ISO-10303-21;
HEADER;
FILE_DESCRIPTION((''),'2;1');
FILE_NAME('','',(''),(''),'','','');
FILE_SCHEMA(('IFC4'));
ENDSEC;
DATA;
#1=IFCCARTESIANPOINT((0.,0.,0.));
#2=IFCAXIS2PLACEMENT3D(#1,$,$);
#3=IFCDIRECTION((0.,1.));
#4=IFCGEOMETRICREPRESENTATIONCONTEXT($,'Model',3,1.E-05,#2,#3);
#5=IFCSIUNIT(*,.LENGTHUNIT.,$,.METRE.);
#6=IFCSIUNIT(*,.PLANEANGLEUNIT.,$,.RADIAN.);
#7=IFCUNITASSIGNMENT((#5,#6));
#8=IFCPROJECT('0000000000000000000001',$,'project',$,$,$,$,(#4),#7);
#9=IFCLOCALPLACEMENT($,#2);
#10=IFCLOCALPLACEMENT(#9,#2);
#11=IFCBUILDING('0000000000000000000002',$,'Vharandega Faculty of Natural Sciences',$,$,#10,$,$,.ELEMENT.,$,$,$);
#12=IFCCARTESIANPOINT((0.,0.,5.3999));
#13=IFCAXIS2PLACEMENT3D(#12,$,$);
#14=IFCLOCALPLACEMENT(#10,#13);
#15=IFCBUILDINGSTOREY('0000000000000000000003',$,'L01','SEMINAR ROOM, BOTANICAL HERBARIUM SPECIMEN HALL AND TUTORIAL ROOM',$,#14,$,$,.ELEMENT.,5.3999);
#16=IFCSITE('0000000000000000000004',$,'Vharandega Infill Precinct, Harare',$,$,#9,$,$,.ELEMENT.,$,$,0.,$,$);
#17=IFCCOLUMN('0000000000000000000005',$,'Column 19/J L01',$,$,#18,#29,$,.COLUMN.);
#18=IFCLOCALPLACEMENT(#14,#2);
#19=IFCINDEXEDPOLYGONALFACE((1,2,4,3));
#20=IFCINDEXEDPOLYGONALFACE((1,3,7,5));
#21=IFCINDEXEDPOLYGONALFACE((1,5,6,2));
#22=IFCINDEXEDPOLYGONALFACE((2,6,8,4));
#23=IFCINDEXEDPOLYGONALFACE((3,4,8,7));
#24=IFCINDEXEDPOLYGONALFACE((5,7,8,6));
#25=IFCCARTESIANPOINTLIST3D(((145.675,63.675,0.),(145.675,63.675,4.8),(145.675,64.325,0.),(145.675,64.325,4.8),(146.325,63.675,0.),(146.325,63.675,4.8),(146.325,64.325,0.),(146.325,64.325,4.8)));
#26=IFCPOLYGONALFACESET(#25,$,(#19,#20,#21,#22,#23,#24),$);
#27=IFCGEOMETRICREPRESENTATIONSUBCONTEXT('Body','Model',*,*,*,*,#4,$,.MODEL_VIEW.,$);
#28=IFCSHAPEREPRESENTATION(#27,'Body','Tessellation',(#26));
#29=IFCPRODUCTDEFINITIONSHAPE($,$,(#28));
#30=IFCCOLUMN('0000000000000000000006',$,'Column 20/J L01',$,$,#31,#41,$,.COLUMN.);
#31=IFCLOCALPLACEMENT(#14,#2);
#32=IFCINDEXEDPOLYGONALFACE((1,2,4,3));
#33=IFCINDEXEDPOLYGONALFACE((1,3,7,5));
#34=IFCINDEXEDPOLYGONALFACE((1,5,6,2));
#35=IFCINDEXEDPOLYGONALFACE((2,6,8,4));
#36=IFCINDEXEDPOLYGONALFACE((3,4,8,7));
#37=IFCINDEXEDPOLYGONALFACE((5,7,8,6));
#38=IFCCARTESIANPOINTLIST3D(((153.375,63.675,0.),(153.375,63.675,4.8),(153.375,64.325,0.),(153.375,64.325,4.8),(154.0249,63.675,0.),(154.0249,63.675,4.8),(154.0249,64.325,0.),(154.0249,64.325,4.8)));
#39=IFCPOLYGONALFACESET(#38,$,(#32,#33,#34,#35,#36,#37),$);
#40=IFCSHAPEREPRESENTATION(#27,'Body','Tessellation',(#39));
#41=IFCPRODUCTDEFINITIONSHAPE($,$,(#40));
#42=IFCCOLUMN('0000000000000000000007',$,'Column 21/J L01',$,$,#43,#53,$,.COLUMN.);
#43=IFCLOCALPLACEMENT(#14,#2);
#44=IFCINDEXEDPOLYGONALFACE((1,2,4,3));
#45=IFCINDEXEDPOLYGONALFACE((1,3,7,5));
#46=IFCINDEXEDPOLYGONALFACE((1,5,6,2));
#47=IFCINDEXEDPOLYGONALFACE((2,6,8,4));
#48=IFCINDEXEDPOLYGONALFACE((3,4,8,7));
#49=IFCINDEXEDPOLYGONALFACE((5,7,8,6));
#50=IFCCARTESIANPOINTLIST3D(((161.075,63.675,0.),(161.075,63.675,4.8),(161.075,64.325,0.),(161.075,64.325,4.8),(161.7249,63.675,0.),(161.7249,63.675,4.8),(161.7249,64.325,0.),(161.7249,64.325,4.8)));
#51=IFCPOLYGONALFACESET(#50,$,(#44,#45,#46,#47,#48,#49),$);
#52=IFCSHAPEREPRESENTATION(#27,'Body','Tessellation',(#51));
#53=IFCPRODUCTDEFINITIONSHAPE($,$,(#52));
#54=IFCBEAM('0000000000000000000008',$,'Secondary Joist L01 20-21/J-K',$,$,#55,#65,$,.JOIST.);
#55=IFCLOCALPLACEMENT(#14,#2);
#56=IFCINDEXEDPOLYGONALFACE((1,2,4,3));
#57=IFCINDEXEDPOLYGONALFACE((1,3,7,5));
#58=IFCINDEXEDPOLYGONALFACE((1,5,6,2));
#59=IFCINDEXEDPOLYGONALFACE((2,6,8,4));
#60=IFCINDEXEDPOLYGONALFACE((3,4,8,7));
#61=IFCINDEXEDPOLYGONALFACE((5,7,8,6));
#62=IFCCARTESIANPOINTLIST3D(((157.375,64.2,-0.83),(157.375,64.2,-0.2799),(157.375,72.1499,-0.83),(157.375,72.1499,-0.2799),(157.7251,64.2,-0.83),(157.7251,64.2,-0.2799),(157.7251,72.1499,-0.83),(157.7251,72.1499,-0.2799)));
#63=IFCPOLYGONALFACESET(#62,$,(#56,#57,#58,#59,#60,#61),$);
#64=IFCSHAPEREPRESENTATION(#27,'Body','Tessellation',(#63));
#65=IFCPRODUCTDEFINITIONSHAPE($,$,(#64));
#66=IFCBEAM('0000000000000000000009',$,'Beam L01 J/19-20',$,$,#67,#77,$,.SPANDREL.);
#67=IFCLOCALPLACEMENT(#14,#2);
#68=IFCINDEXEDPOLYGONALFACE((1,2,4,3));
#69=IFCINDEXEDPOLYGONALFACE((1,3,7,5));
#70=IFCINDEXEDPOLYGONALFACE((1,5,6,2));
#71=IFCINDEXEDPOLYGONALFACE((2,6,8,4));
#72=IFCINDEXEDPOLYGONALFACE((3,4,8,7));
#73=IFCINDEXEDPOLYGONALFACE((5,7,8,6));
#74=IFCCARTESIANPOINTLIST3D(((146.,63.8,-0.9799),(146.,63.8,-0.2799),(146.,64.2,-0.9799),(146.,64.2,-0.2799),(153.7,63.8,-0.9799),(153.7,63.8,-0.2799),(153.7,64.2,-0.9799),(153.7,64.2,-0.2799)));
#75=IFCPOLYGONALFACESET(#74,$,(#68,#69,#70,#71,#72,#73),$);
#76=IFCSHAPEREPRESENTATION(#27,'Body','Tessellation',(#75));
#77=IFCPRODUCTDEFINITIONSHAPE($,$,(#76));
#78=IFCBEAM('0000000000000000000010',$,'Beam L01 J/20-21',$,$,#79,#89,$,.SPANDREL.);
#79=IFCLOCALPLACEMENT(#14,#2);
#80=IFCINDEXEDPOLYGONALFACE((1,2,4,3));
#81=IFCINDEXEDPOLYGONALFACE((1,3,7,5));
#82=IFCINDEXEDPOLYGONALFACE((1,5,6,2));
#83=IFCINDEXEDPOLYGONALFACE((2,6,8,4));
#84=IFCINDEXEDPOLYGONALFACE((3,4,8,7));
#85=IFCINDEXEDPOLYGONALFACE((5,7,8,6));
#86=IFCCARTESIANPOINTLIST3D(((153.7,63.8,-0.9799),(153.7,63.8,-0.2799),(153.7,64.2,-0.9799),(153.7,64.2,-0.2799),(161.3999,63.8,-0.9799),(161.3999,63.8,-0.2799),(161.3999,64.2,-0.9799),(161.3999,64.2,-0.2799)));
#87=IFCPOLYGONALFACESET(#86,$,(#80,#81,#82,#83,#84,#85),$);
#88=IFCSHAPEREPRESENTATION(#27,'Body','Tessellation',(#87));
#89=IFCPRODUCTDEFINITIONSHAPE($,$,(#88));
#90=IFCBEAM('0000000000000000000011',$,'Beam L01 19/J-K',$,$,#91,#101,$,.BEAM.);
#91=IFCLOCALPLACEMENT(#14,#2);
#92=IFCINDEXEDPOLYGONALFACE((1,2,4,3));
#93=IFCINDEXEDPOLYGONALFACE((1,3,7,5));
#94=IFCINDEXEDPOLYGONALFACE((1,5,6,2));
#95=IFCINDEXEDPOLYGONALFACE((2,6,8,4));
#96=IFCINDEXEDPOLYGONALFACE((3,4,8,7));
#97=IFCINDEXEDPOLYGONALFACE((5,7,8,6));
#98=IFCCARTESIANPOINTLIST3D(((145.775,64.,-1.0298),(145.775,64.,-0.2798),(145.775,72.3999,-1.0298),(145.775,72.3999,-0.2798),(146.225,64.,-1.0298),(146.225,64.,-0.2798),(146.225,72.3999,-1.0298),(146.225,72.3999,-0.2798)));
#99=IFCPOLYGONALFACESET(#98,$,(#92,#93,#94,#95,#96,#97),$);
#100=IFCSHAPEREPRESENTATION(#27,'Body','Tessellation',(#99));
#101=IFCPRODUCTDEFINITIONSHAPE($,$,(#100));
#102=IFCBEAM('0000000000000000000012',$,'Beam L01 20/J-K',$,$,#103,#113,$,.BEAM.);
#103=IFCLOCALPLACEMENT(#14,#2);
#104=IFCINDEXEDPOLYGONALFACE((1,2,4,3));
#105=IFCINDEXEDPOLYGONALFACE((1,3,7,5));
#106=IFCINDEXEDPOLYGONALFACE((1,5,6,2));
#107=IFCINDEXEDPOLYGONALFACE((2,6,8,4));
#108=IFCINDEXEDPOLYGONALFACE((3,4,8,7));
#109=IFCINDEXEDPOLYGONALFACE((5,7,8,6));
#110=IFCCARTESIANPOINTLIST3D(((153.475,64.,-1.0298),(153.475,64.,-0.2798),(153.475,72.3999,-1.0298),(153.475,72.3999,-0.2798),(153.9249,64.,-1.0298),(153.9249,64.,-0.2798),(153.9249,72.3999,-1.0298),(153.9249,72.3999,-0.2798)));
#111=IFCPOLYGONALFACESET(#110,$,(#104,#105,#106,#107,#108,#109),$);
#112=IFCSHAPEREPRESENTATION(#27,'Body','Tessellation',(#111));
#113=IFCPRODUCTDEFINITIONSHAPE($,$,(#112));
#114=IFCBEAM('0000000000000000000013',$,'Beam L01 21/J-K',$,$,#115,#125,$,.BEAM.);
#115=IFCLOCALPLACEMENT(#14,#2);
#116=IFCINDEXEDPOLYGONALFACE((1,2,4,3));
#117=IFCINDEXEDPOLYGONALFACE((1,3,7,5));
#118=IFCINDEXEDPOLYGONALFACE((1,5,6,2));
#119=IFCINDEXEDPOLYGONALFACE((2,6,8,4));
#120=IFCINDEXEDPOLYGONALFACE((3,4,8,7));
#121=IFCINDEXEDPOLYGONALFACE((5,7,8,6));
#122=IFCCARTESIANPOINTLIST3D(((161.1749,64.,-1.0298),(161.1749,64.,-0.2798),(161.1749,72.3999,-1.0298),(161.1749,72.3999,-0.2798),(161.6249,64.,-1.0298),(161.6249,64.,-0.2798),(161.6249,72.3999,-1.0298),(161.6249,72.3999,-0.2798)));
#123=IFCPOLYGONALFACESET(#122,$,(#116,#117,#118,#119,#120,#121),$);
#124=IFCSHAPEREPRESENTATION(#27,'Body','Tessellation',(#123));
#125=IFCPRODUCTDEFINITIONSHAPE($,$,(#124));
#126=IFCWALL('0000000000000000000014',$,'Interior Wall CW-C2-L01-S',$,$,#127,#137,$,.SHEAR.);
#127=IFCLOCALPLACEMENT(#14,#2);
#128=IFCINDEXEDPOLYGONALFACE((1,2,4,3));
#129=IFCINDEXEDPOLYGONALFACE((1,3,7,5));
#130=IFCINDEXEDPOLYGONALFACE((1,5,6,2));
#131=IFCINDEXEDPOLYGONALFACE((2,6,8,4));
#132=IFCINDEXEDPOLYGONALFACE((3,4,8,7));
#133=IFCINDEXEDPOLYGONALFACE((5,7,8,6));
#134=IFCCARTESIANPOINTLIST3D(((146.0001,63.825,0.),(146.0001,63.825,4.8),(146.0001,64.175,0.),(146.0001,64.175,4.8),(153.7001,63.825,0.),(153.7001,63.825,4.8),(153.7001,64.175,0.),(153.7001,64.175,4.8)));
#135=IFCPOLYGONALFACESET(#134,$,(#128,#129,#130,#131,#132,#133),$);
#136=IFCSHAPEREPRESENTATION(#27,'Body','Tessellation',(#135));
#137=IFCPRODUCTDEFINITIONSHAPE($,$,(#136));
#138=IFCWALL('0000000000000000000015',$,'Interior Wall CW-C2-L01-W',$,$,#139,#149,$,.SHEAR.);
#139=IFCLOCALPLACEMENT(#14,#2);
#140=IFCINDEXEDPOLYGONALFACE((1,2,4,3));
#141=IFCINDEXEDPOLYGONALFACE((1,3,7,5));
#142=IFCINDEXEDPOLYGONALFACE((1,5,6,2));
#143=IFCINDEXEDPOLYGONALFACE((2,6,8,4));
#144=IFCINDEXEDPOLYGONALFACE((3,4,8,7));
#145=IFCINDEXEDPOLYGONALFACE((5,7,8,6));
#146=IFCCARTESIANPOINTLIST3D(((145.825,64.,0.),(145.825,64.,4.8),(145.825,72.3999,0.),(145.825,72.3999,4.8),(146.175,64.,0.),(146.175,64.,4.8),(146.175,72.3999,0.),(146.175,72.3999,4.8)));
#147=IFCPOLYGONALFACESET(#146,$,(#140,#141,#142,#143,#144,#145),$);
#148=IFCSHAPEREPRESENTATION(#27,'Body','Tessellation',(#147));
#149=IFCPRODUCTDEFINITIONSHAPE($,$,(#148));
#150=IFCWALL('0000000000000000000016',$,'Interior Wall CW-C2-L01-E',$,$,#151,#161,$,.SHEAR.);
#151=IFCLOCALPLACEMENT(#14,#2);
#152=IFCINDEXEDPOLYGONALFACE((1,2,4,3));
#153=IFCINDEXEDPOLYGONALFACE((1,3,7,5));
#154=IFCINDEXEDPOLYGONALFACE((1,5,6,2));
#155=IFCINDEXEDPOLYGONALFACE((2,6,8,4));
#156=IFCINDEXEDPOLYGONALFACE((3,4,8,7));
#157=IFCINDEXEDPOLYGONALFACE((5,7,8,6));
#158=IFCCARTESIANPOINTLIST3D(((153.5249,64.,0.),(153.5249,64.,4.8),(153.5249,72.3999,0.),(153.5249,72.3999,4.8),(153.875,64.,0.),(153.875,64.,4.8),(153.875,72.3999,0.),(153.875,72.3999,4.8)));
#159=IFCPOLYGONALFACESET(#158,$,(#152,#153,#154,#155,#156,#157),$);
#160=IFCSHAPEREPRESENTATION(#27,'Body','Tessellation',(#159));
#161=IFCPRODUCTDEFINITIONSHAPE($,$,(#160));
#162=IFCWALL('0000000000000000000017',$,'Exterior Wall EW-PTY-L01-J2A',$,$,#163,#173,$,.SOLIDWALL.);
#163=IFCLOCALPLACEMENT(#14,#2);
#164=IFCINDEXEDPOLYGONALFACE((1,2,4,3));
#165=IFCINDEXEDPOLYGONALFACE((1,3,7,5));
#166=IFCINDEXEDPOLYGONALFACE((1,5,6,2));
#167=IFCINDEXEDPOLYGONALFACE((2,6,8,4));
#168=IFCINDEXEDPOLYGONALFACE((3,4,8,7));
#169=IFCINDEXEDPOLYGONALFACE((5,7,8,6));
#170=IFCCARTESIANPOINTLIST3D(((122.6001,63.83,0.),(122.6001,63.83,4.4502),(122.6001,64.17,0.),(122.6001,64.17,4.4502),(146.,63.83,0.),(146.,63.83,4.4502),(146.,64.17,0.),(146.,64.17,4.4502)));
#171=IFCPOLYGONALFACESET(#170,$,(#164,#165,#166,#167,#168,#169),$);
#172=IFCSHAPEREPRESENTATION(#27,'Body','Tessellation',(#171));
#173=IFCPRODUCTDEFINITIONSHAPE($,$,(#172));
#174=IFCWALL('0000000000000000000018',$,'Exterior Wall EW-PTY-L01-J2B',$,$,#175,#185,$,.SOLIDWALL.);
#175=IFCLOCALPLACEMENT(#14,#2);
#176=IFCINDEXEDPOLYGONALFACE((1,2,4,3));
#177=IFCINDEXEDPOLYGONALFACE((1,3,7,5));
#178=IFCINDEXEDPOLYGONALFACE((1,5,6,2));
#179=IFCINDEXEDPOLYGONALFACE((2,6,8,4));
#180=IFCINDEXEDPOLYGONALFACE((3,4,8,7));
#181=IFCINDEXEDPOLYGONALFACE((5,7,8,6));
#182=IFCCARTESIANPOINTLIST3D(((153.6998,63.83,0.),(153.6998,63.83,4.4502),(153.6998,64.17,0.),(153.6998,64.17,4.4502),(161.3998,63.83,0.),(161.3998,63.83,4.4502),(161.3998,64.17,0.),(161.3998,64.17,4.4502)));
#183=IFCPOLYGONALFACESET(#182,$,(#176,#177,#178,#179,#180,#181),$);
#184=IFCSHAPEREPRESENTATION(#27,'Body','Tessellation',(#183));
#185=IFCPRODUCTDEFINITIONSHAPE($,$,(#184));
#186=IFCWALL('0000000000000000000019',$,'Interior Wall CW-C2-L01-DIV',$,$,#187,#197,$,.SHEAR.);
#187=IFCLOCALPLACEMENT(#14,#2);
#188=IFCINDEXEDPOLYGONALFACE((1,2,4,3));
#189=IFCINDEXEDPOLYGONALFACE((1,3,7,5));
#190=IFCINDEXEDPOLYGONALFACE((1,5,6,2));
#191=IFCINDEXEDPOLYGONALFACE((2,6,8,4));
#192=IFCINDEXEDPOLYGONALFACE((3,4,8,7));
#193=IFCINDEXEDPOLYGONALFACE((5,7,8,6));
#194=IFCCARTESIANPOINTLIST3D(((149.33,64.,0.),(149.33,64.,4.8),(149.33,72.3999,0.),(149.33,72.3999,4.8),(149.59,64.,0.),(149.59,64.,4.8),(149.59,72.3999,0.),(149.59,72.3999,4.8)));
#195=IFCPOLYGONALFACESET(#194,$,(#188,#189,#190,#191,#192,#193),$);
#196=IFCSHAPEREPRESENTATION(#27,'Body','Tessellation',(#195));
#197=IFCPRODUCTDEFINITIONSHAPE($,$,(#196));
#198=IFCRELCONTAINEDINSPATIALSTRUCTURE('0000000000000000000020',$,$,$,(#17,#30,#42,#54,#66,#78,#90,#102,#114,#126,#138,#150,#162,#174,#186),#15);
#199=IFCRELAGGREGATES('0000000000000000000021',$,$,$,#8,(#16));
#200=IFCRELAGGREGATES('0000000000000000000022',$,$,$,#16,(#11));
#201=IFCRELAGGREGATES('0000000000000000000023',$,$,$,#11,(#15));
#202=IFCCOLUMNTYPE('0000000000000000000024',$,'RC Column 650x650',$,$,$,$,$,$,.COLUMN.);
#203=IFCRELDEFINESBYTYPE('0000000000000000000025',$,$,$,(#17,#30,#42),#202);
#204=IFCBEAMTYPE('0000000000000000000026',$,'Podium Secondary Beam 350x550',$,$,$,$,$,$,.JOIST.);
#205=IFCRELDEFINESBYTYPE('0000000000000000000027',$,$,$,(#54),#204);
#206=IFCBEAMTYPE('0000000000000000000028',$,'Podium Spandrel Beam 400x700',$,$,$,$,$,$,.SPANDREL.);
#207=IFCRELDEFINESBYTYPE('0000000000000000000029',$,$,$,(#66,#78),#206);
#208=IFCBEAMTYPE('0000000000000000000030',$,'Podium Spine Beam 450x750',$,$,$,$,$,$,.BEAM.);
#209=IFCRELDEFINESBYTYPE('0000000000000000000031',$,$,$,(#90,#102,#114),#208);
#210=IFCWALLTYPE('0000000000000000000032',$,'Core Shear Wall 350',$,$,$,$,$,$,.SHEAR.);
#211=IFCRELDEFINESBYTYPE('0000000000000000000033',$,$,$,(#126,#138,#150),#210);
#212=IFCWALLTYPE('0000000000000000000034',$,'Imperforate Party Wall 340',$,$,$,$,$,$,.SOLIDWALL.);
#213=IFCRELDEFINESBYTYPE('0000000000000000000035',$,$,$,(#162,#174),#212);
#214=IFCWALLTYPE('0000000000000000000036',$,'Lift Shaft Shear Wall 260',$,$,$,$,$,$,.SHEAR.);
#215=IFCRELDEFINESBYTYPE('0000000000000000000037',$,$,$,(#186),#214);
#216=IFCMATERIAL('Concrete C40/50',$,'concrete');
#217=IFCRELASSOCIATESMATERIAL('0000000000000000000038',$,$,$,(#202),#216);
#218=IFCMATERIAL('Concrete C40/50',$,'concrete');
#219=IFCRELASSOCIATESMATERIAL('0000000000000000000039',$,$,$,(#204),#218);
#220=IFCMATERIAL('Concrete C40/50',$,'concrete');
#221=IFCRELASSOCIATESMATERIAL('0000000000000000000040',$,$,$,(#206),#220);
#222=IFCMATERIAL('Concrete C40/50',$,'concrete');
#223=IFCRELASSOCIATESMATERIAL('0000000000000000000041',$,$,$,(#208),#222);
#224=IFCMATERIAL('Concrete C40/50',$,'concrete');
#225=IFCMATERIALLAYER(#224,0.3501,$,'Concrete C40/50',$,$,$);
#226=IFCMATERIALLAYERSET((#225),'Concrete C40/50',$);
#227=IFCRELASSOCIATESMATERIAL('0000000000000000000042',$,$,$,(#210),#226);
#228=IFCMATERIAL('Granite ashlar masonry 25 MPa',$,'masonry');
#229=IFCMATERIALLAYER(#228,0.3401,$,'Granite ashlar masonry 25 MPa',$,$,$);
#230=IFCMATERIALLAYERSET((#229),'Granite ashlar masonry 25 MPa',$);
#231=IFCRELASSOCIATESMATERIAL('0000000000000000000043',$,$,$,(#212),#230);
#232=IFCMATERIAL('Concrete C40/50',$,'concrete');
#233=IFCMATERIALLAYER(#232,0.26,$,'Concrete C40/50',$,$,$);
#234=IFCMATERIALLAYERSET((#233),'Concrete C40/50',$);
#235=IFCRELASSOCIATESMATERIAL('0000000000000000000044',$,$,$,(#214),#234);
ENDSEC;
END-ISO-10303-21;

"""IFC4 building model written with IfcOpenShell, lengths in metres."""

from ifc_helpers import new_model, si_unit, direction, frame, frame_2d, origin, origin_2d, place, context, subcontext, project, spatial, rectangle, extrude, material, layer, layer_set, material_profile, profile_set, type_object, element, save


model = new_model("IFC4")

# Units and contexts
model_context = context("Model", 3, precision=1e-05, world=origin(), true_north=direction((0.0, 1.0)))
body_context = subcontext(model_context, "Body", "Model", "MODEL_VIEW")
ifc_project = project(units=[si_unit("LENGTHUNIT", "METRE"), si_unit("PLANEANGLEUNIT", "RADIAN")], contexts=[model_context])

# Site, building, storey
site_placement = place(None, origin())
site = spatial("IfcSite", under=ifc_project, at=site_placement, Name="Vharandega Infill Precinct, Harare", CompositionType="ELEMENT", RefElevation=0.0)
building_placement = place(site_placement, origin())
building = spatial("IfcBuilding", under=site, at=building_placement, Name="Vharandega Faculty of Natural Sciences", CompositionType="ELEMENT")
storey_placement = place(building_placement, frame((0.0, 0.0, 5.3999)))
storey = spatial("IfcBuildingStorey", under=building, at=storey_placement, Name="L01", Description="SEMINAR ROOM, BOTANICAL HERBARIUM SPECIMEN HALL AND TUTORIAL ROOM", CompositionType="ELEMENT", Elevation=5.3999)

# Columns
ifc_material_1 = material(Name="Concrete C40/50", Category="concrete")
ifc_material_profile_1 = material_profile(ifc_material_1, rectangle(XDim=0.6499, YDim=0.6499, at=origin_2d()), Name="RC 650x650")
ifc_profile_set_1 = profile_set([ifc_material_profile_1], Name="Concrete C40/50")
column_type = type_object("IfcColumnType", Name="RC Column 650x650", PredefinedType="COLUMN", material=ifc_profile_set_1)
for number, where, z_axis, x_axis, name in (
    (1, (146.0, 64.0, 0.0), (0.0, 0.0, 1.0), (1.0, 0.0, 0.0), "Column 19/J L01"),
    (2, (153.7, 64.0, 0.0), (0.0, 0.0, 1.0), (1.0, 0.0, 0.0), "Column 20/J L01"),
    (3, (161.3999, 64.0, 0.0), (0.0, 0.0, 1.0), (1.0, 0.0, 0.0), "Column 21/J L01"),
):
    element("IfcColumn", number, at=place(storey_placement, frame(where, z_axis=z_axis, x_axis=x_axis)), inside=storey, type_object=column_type, Name=name, PredefinedType="COLUMN", context=body_context, shape_type="SweptSolid", body=[
        extrude(rectangle(XDim=0.6499, YDim=0.6499, at=origin_2d()), origin(), (0.0, 0.0, 1.0), 4.8),
    ])

# Beams
ifc_material_2 = material(Name="Concrete C40/50", Category="concrete")
ifc_material_profile_2 = material_profile(ifc_material_2, rectangle(XDim=0.3501, YDim=0.55, at=origin_2d()), Name="RC 350x550")
ifc_profile_set_2 = profile_set([ifc_material_profile_2], Name="Concrete C40/50")
beam_type_1 = type_object("IfcBeamType", Name="Podium Secondary Beam 350x550", PredefinedType="JOIST", material=ifc_profile_set_2)
beam_placement = place(storey_placement, frame((157.55, 64.2, -0.5549), z_axis=(0.0, 1.0, 0.0), x_axis=(-1.0, 0.0, 0.0)))
element("IfcBeam", 4, at=beam_placement, inside=storey, type_object=beam_type_1, Name="Secondary Joist L01 20-21/J-K", PredefinedType="JOIST", context=body_context, shape_type="SweptSolid", body=[
    extrude(rectangle(XDim=0.3501, YDim=0.55, at=origin_2d()), origin(), (0.0, 0.0, 1.0), 7.95),
])
ifc_material_3 = material(Name="Concrete C40/50", Category="concrete")
ifc_material_profile_3 = material_profile(ifc_material_3, rectangle(XDim=0.3999, YDim=0.7, at=origin_2d()), Name="RC 400x700")
ifc_profile_set_3 = profile_set([ifc_material_profile_3], Name="Concrete C40/50")
beam_type_2 = type_object("IfcBeamType", Name="Podium Spandrel Beam 400x700", PredefinedType="SPANDREL", material=ifc_profile_set_3)
for number, where, z_axis, x_axis, name in (
    (5, (146.0, 64.0, -0.6299), (1.0, 0.0, 0.0), (0.0, 1.0, 0.0), "Beam L01 J/19-20"),
    (6, (153.7, 64.0, -0.6299), (1.0, 0.0, 0.0), (0.0, 1.0, 0.0), "Beam L01 J/20-21"),
):
    element("IfcBeam", number, at=place(storey_placement, frame(where, z_axis=z_axis, x_axis=x_axis)), inside=storey, type_object=beam_type_2, Name=name, PredefinedType="SPANDREL", context=body_context, shape_type="SweptSolid", body=[
        extrude(rectangle(XDim=0.3999, YDim=0.7, at=origin_2d()), origin(), (0.0, 0.0, 1.0), 7.7),
    ])
ifc_material_4 = material(Name="Concrete C40/50", Category="concrete")
ifc_material_profile_4 = material_profile(ifc_material_4, rectangle(XDim=0.45, YDim=0.75, at=origin_2d()), Name="RC 450x750")
ifc_profile_set_4 = profile_set([ifc_material_profile_4], Name="Concrete C40/50")
beam_type_3 = type_object("IfcBeamType", Name="Podium Spine Beam 450x750", PredefinedType="BEAM", material=ifc_profile_set_4)
for number, where, z_axis, x_axis, name in (
    (7, (146.0, 64.0, -0.6548), (0.0, 1.0, 0.0), (-1.0, 0.0, 0.0), "Beam L01 19/J-K"),
    (8, (153.7, 64.0, -0.6548), (0.0, 1.0, 0.0), (-1.0, 0.0, 0.0), "Beam L01 20/J-K"),
    (9, (161.3999, 64.0, -0.6548), (0.0, 1.0, 0.0), (-1.0, 0.0, 0.0), "Beam L01 21/J-K"),
):
    element("IfcBeam", number, at=place(storey_placement, frame(where, z_axis=z_axis, x_axis=x_axis)), inside=storey, type_object=beam_type_3, Name=name, PredefinedType="BEAM", context=body_context, shape_type="SweptSolid", body=[
        extrude(rectangle(XDim=0.45, YDim=0.75, at=origin_2d()), origin(), (0.0, 0.0, 1.0), 8.3999),
    ])

# Walls
ifc_material_5 = material(Name="Concrete C40/50", Category="concrete")
ifc_layer_1 = layer(ifc_material_5, 0.3501, Name="Concrete C40/50")
ifc_layer_set_1 = layer_set([ifc_layer_1], Name="Concrete C40/50")
wall_type_1 = type_object("IfcWallType", Name="Core Shear Wall 350", PredefinedType="SHEAR", material=ifc_layer_set_1)
wall_1_placement = place(storey_placement, frame((146.0, 64.0, 0.0), z_axis=(0.0, 0.0, 1.0), x_axis=(1.0, 0.0, 0.0)))
element("IfcWall", 10, at=wall_1_placement, inside=storey, type_object=wall_type_1, Name="Interior Wall CW-C2-L01-S", PredefinedType="SHEAR", context=body_context, shape_type="SweptSolid", body=[
    extrude(rectangle(XDim=7.7, YDim=0.3501, at=frame_2d((3.8501, 0.0))), origin(), (0.0, 0.0, 1.0), 4.8),
])
for number, where, z_axis, x_axis, name in (
    (11, (146.0, 64.0, 0.0), (0.0, 0.0, 1.0), (0.0, 1.0, 0.0), "Interior Wall CW-C2-L01-W"),
    (12, (153.7, 64.0, 0.0), (0.0, 0.0, 1.0), (0.0, 1.0, 0.0), "Interior Wall CW-C2-L01-E"),
):
    element("IfcWall", number, at=place(storey_placement, frame(where, z_axis=z_axis, x_axis=x_axis)), inside=storey, type_object=wall_type_1, Name=name, PredefinedType="SHEAR", context=body_context, shape_type="SweptSolid", body=[
        extrude(rectangle(XDim=8.3999, YDim=0.3501, at=frame_2d((4.2, 0.0))), origin(), (0.0, 0.0, 1.0), 4.8),
    ])
ifc_material_6 = material(Name="Granite ashlar masonry 25 MPa", Category="masonry")
ifc_layer_2 = layer(ifc_material_6, 0.3401, Name="Granite ashlar masonry 25 MPa")
ifc_layer_set_2 = layer_set([ifc_layer_2], Name="Granite ashlar masonry 25 MPa")
wall_type_2 = type_object("IfcWallType", Name="Imperforate Party Wall 340", PredefinedType="SOLIDWALL", material=ifc_layer_set_2)
wall_2_placement = place(storey_placement, frame((146.0, 64.0, 0.0), z_axis=(0.0, 0.0, 1.0), x_axis=(-1.0, 0.0, 0.0)))
element("IfcWall", 13, at=wall_2_placement, inside=storey, type_object=wall_type_2, Name="Exterior Wall EW-PTY-L01-J2A", PredefinedType="SOLIDWALL", context=body_context, shape_type="SweptSolid", body=[
    extrude(rectangle(XDim=23.3999, YDim=0.3401, at=frame_2d((11.7, 0.0))), origin(), (0.0, 0.0, 1.0), 4.4502),
])
wall_3_placement = place(storey_placement, frame((161.3999, 64.0, 0.0), z_axis=(0.0, 0.0, 1.0), x_axis=(-1.0, 0.0, 0.0)))
element("IfcWall", 14, at=wall_3_placement, inside=storey, type_object=wall_type_2, Name="Exterior Wall EW-PTY-L01-J2B", PredefinedType="SOLIDWALL", context=body_context, shape_type="SweptSolid", body=[
    extrude(rectangle(XDim=7.7, YDim=0.3401, at=frame_2d((3.8501, 0.0))), origin(), (0.0, 0.0, 1.0), 4.4502),
])
ifc_material_7 = material(Name="Concrete C40/50", Category="concrete")
ifc_layer_3 = layer(ifc_material_7, 0.26, Name="Concrete C40/50")
ifc_layer_set_3 = layer_set([ifc_layer_3], Name="Concrete C40/50")
wall_type_3 = type_object("IfcWallType", Name="Lift Shaft Shear Wall 260", PredefinedType="SHEAR", material=ifc_layer_set_3)
wall_4_placement = place(storey_placement, frame((149.46, 64.0, 0.0), z_axis=(0.0, 0.0, 1.0), x_axis=(0.0, 1.0, 0.0)))
element("IfcWall", 15, at=wall_4_placement, inside=storey, type_object=wall_type_3, Name="Interior Wall CW-C2-L01-DIV", PredefinedType="SHEAR", context=body_context, shape_type="SweptSolid", body=[
    extrude(rectangle(XDim=8.3999, YDim=0.26, at=frame_2d((4.2, 0.0))), origin(), (0.0, 0.0, 1.0), 4.8),
])

save(model, "model.ifc")
